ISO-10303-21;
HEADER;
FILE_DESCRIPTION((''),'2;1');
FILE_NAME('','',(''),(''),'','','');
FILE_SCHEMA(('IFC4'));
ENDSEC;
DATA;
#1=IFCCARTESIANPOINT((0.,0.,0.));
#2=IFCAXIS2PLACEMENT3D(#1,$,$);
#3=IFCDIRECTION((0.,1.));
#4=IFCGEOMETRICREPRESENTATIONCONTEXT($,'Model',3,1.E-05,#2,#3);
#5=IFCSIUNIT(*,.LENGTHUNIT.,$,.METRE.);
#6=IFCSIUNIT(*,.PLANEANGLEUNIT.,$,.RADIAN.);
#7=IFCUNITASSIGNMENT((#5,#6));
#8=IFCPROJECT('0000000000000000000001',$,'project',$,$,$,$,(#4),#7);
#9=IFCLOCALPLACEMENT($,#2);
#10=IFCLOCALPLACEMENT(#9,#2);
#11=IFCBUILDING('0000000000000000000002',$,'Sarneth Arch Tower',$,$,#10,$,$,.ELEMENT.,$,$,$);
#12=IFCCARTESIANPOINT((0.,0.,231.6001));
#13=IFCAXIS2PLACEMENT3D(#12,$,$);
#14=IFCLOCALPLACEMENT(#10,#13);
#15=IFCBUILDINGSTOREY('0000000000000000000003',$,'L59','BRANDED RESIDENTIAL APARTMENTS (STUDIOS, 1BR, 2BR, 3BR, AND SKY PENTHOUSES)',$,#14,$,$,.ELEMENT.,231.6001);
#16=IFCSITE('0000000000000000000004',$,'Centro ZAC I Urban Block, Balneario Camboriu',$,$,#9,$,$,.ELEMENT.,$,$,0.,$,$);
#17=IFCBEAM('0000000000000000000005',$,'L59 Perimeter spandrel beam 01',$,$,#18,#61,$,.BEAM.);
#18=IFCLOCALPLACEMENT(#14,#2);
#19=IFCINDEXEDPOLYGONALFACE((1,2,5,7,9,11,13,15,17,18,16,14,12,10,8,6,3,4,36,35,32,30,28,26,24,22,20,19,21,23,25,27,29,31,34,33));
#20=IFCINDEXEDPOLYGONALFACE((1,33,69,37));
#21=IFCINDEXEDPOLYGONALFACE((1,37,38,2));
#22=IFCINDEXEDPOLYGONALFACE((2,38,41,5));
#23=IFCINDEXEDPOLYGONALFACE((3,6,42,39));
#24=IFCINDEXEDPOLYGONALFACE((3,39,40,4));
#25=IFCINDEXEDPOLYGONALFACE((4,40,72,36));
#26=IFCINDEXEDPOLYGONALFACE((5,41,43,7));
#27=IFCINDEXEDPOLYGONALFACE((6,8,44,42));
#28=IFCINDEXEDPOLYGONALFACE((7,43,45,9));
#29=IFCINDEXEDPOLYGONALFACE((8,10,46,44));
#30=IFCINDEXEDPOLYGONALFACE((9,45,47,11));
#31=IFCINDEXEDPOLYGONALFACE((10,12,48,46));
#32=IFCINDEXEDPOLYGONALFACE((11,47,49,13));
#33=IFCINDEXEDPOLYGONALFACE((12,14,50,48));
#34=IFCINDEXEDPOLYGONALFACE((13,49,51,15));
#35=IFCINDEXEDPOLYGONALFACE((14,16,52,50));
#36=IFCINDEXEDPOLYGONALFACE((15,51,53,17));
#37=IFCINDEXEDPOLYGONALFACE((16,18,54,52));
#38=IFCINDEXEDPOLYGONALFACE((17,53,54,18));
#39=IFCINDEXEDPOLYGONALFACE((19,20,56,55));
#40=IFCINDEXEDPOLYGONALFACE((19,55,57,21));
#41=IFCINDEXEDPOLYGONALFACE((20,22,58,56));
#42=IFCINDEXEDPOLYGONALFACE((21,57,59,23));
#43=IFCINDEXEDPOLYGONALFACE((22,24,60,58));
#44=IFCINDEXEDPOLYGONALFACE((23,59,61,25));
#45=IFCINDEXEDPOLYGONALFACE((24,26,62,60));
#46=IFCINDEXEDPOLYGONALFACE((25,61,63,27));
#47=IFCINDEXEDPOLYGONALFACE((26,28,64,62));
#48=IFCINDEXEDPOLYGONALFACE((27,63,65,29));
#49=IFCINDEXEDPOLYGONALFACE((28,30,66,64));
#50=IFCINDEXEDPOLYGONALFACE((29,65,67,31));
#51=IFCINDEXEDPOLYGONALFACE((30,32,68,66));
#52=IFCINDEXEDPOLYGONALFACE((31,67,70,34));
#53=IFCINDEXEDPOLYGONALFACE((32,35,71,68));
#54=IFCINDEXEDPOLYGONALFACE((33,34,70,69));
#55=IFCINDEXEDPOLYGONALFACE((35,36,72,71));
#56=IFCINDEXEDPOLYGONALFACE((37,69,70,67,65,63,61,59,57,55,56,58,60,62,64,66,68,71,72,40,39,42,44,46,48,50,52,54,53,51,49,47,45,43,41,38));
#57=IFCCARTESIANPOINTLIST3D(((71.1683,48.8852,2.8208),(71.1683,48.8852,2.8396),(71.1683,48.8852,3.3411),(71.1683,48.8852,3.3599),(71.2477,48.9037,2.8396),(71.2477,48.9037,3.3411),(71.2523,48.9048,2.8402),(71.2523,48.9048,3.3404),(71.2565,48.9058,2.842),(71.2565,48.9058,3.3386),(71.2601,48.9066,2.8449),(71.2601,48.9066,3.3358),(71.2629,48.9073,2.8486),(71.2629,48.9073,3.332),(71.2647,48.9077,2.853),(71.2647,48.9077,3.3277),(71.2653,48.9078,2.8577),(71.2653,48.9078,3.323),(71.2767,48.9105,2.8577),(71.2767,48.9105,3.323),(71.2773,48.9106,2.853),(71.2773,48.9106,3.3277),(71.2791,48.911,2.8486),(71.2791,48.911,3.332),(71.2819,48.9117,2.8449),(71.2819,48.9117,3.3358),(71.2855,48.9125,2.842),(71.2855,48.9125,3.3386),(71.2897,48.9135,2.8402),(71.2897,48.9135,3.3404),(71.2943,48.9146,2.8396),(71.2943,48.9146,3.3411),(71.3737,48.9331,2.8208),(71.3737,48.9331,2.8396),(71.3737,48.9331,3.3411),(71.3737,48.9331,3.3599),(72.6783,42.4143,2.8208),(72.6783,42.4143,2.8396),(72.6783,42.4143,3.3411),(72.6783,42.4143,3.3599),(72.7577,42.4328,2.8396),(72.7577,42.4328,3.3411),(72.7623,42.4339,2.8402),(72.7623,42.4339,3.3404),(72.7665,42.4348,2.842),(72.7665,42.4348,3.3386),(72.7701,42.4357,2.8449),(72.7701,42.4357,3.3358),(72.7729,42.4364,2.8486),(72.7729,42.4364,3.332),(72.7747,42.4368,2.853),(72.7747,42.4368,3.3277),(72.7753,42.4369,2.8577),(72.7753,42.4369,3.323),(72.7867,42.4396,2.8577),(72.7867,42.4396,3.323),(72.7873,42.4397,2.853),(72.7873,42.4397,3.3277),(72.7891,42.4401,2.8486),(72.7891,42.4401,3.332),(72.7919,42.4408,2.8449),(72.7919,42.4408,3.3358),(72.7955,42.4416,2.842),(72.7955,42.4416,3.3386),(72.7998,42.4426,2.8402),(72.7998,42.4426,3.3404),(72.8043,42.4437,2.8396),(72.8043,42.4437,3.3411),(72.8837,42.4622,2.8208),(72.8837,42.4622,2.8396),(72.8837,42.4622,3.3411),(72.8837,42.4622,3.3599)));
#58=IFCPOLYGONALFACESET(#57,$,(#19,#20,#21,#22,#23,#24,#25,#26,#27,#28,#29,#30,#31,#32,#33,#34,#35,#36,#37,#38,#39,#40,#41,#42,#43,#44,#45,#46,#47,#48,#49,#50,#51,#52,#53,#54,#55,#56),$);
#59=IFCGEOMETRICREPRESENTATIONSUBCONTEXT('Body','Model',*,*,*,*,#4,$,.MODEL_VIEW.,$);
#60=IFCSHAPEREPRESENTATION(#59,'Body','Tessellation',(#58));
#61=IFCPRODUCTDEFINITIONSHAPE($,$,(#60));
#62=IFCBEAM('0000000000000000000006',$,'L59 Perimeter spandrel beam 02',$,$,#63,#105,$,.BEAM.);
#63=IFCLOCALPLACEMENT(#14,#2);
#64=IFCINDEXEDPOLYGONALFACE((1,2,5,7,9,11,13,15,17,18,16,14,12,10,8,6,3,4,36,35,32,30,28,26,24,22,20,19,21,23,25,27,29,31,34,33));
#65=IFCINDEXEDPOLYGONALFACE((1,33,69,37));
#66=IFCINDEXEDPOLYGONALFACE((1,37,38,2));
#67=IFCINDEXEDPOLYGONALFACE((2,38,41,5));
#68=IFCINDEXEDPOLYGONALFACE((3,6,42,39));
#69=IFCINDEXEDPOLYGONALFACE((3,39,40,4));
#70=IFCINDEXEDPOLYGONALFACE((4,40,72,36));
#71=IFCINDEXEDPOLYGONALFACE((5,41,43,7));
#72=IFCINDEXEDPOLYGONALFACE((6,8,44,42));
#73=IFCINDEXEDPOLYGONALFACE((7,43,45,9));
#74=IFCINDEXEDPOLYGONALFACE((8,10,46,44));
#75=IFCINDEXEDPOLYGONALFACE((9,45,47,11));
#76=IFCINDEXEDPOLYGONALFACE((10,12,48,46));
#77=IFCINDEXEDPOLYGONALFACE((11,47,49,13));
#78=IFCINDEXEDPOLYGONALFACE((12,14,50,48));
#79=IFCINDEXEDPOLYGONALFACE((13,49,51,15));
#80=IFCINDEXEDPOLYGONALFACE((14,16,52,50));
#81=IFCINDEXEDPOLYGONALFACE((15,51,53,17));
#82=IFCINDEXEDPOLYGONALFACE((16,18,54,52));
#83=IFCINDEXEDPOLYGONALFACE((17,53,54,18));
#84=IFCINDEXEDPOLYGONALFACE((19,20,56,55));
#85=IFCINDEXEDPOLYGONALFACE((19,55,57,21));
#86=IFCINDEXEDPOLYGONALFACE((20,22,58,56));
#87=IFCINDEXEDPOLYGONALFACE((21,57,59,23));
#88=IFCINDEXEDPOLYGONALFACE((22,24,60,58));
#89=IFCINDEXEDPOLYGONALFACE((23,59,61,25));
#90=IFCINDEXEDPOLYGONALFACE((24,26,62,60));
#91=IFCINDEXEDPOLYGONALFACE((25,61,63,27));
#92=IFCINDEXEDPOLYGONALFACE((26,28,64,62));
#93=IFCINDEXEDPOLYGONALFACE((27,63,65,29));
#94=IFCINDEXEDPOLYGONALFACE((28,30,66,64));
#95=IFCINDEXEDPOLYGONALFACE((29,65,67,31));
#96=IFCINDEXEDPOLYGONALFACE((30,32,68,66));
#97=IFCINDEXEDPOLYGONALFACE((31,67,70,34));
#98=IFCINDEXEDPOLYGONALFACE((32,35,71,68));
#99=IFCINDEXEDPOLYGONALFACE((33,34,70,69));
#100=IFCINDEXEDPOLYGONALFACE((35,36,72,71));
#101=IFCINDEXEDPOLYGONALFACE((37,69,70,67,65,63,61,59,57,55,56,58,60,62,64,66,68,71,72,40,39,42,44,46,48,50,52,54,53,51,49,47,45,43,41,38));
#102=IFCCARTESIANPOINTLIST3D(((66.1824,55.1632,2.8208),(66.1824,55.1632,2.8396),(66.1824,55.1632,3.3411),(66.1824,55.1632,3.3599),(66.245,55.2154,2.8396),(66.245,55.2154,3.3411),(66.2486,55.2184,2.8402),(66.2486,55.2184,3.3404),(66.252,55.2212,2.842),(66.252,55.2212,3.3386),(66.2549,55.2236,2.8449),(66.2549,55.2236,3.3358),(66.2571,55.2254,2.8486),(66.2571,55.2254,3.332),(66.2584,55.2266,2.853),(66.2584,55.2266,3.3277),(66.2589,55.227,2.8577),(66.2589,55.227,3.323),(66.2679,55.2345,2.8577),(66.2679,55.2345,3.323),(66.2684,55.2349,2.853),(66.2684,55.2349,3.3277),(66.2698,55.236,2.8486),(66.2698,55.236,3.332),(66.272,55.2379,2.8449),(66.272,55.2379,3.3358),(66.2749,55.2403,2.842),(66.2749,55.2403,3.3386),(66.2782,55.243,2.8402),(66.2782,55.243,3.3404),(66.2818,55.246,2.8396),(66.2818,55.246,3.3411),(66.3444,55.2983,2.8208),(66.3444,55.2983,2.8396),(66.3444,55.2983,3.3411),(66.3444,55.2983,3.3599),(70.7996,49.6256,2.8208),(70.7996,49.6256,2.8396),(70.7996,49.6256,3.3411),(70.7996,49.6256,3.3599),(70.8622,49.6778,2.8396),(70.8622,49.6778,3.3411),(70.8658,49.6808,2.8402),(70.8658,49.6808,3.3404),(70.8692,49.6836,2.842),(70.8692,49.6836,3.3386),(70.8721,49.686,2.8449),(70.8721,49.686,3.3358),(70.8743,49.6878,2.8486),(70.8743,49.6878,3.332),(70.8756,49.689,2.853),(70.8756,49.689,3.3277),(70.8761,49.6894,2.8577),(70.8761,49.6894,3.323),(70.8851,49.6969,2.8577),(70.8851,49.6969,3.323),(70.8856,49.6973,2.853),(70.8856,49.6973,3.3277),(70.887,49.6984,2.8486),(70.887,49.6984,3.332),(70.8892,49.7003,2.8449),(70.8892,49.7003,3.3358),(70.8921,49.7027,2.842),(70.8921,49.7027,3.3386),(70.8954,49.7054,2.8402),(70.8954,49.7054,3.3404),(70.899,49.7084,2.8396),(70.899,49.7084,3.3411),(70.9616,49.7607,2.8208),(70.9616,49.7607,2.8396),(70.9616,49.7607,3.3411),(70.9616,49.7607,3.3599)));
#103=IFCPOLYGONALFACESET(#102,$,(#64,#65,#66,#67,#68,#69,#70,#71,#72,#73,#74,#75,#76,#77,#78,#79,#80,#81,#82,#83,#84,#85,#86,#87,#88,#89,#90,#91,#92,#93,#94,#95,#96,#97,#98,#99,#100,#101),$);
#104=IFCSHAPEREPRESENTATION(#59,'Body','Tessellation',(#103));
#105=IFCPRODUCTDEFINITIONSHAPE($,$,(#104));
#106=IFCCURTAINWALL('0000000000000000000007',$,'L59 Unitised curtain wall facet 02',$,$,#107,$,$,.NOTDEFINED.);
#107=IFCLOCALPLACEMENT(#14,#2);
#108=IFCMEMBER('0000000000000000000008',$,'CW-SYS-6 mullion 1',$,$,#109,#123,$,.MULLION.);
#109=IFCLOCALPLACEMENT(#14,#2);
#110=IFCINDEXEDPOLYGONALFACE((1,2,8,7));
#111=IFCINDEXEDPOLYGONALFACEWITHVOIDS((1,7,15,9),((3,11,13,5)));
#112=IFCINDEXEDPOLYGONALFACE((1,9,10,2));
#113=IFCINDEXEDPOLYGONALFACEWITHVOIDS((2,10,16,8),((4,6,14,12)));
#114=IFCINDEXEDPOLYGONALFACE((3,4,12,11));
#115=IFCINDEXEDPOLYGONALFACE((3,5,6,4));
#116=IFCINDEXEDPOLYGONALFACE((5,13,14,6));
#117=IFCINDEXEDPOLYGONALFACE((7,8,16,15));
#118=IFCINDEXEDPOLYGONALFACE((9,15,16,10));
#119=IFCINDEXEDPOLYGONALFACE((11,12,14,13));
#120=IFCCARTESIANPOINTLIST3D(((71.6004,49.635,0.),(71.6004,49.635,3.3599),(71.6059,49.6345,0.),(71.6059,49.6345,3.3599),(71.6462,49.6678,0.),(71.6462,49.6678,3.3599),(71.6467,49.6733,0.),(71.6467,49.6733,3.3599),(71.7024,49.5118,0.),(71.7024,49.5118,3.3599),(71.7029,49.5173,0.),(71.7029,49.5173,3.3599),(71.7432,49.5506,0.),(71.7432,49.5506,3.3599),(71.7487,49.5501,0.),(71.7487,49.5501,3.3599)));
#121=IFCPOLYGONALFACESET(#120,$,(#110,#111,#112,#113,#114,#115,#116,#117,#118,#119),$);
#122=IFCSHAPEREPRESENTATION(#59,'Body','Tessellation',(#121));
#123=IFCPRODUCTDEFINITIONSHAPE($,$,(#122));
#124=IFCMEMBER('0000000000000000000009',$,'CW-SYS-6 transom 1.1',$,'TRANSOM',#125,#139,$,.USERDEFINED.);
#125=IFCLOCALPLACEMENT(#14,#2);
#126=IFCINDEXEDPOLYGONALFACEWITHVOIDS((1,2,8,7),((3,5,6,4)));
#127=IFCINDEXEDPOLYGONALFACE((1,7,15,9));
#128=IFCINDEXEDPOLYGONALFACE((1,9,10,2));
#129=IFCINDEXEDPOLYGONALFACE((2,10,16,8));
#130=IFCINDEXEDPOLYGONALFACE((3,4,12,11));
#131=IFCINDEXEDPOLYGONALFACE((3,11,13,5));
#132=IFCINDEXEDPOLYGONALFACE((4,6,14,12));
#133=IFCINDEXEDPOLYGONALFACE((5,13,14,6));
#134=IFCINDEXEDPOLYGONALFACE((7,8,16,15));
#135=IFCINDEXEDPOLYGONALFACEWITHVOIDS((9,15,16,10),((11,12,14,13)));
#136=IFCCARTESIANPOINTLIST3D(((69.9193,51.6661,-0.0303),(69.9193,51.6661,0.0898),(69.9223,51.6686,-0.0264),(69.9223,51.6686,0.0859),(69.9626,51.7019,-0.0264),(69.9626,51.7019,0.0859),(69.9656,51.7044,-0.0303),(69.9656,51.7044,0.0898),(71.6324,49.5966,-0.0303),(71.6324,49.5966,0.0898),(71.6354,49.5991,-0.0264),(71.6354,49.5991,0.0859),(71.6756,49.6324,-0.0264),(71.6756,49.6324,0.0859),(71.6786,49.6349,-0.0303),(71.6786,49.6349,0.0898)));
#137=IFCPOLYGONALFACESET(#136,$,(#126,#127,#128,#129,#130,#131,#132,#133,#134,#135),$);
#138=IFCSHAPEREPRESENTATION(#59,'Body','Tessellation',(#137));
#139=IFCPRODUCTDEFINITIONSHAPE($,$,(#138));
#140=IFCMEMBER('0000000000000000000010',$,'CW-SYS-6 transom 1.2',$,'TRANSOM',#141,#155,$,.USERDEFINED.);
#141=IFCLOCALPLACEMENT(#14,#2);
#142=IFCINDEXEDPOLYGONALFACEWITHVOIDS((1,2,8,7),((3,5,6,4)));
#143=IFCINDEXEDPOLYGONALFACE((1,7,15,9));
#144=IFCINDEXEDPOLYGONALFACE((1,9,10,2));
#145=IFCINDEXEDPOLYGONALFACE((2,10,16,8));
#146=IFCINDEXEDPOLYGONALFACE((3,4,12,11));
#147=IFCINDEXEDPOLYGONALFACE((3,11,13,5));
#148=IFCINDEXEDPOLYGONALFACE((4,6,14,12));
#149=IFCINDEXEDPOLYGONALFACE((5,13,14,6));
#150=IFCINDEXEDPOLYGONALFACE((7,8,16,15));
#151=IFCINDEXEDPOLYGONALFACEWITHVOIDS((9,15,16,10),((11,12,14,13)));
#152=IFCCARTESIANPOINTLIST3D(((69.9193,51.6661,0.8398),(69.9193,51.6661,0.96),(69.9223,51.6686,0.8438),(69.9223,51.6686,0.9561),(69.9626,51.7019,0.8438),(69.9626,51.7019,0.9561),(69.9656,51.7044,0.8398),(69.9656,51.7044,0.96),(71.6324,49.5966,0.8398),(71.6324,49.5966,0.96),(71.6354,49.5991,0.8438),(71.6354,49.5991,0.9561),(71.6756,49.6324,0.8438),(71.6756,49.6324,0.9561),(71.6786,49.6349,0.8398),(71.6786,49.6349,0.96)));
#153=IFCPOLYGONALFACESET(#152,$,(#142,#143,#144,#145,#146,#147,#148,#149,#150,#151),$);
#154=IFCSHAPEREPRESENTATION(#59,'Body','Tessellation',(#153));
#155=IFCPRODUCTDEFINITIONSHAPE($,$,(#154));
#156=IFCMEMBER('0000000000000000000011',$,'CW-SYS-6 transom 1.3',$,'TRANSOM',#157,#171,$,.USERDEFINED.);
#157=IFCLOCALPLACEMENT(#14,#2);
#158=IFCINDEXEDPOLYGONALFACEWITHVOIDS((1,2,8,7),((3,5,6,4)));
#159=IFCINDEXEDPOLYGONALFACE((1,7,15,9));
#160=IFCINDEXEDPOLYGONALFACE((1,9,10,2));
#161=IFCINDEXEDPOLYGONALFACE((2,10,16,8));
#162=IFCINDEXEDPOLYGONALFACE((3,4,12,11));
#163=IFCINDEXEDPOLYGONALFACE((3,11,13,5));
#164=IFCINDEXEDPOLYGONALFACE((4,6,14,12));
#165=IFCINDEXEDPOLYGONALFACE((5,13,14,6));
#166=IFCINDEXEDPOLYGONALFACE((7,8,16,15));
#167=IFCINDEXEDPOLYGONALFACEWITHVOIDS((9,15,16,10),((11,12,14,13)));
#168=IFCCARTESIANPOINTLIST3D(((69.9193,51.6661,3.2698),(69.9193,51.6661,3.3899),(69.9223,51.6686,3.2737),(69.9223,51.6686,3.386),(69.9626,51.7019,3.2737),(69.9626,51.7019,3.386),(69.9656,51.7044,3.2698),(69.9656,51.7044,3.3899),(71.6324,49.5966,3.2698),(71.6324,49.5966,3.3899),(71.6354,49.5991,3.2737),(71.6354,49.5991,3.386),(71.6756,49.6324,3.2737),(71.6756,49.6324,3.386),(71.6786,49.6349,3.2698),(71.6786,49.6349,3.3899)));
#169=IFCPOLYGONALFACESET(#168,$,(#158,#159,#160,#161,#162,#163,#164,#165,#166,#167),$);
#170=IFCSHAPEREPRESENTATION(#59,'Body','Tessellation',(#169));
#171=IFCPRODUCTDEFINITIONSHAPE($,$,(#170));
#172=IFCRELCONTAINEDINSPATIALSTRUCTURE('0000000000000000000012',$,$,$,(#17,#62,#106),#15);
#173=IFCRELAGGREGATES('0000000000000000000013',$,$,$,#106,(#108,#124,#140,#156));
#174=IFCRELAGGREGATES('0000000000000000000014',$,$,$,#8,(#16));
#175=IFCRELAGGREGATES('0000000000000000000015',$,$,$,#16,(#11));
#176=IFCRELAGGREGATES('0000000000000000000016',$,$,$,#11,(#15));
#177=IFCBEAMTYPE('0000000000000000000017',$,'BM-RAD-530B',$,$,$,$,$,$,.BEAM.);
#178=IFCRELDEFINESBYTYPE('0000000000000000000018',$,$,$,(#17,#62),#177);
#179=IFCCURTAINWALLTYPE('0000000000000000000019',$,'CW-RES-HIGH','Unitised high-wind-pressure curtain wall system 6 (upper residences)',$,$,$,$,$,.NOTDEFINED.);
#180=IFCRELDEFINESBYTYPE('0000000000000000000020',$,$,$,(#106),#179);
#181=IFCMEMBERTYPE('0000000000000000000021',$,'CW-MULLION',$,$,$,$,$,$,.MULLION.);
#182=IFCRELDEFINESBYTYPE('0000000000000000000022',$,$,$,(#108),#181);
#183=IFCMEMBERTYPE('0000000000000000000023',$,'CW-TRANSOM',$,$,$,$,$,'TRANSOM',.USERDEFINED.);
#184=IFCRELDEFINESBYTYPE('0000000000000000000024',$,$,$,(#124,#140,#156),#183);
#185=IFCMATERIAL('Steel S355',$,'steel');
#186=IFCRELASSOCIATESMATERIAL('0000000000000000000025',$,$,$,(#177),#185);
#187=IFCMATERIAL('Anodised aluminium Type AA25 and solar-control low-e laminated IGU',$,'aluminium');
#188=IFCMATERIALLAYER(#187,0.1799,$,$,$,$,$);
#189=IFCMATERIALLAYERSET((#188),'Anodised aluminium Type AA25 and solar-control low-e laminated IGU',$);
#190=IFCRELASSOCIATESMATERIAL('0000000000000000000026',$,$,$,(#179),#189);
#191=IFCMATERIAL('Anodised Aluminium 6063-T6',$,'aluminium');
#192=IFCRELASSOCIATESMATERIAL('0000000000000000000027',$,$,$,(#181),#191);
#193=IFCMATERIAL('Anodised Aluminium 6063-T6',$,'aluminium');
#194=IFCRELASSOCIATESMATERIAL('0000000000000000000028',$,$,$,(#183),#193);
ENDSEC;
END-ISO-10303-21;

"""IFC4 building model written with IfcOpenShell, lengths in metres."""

from ifc_helpers import new_model, si_unit, direction, frame, origin, origin_2d, place, context, subcontext, project, spatial, hollow_rectangle, i_section, extrude, material, layer, layer_set, material_profile, profile_set, type_object, element, aggregate, save


model = new_model("IFC4")

# Units and contexts
model_context = context("Model", 3, precision=1e-05, world=origin(), true_north=direction((0.0, 1.0)))
body_context = subcontext(model_context, "Body", "Model", "MODEL_VIEW")
ifc_project = project(units=[si_unit("LENGTHUNIT", "METRE"), si_unit("PLANEANGLEUNIT", "RADIAN")], contexts=[model_context])

# Site, building, storey
site_placement = place(None, origin())
site = spatial("IfcSite", under=ifc_project, at=site_placement, Name="Centro ZAC I Urban Block, Balneario Camboriu", CompositionType="ELEMENT", RefElevation=0.0)
building_placement = place(site_placement, origin())
building = spatial("IfcBuilding", under=site, at=building_placement, Name="Sarneth Arch Tower", CompositionType="ELEMENT")
storey_placement = place(building_placement, frame((0.0, 0.0, 231.6001)))
storey = spatial("IfcBuildingStorey", under=building, at=storey_placement, Name="L59", Description="BRANDED RESIDENTIAL APARTMENTS (STUDIOS, 1BR, 2BR, 3BR, AND SKY PENTHOUSES)", CompositionType="ELEMENT", Elevation=231.6001)

# Beams
ifc_material_1 = material(Name="Steel S355", Category="steel")
ifc_material_profile_1 = material_profile(ifc_material_1, i_section(OverallWidth=0.2109, OverallDepth=0.5391, WebThickness=0.0117, FlangeThickness=0.0188, FilletRadius=0.0181, at=origin_2d()), Name="W530x109")
ifc_profile_set_1 = profile_set([ifc_material_profile_1], Name="Steel S355")
beam_type = type_object("IfcBeamType", Name="BM-RAD-530B", PredefinedType="BEAM", material=ifc_profile_set_1)
beam_1_placement = place(storey_placement, frame((72.781, 42.4382, 3.0903), z_axis=(-0.227247, 0.973837, 0.0), x_axis=(-0.973837, -0.227247, 0.0)))
element("IfcBeam", 1, at=beam_1_placement, inside=storey, type_object=beam_type, Name="L59 Perimeter spandrel beam 01", PredefinedType="BEAM", context=body_context, shape_type="SweptSolid", body=[
    extrude(i_section(OverallWidth=0.2109, OverallDepth=0.5391, WebThickness=0.0117, FlangeThickness=0.0188, FilletRadius=0.0181, at=origin_2d()), origin(), (0.0, 0.0, 1.0), 6.6448),
])
beam_2_placement = place(storey_placement, frame((70.8806, 49.6931, 3.0903), z_axis=(-0.640391, 0.768049, 0.0), x_axis=(-0.768049, -0.640391, 0.0)))
element("IfcBeam", 2, at=beam_2_placement, inside=storey, type_object=beam_type, Name="L59 Perimeter spandrel beam 02", PredefinedType="BEAM", context=body_context, shape_type="SweptSolid", body=[
    extrude(i_section(OverallWidth=0.2109, OverallDepth=0.5391, WebThickness=0.0117, FlangeThickness=0.0188, FilletRadius=0.0181, at=origin_2d()), origin(), (0.0, 0.0, 1.0), 7.21),
])

# Curtain wall, members
ifc_material_2 = material(Name="Anodised aluminium Type AA25 and solar-control low-e laminated IGU", Category="aluminium")
ifc_layer_1 = layer(ifc_material_2, 0.1799)
ifc_layer_set_1 = layer_set([ifc_layer_1], Name="Anodised aluminium Type AA25 and solar-control low-e laminated IGU")
curtain_wall_type = type_object("IfcCurtainWallType", Name="CW-RES-HIGH", Description="Unitised high-wind-pressure curtain wall system 6 (upper residences)", PredefinedType="NOTDEFINED", material=ifc_layer_set_1)
curtain_wall_placement = place(storey_placement, origin())
curtain_wall = element("IfcCurtainWall", 3, at=curtain_wall_placement, inside=storey, type_object=curtain_wall_type, Name="L59 Unitised curtain wall facet 02", PredefinedType="NOTDEFINED")
ifc_material_3 = material(Name="Anodised Aluminium 6063-T6", Category="aluminium")
ifc_material_profile_2 = material_profile(ifc_material_3, hollow_rectangle(XDim=0.0601, YDim=0.1599, WallThickness=0.0039, at=origin_2d()), Name="AL-MULL-160x60x4")
ifc_profile_set_2 = profile_set([ifc_material_profile_2], Name="Anodised Aluminium 6063-T6")
member_type_1 = type_object("IfcMemberType", Name="CW-MULLION", PredefinedType="MULLION", material=ifc_profile_set_2)
member_1_placement = place(storey_placement, frame((71.6746, 49.5925, 0.0), z_axis=(0.0, 0.0, 1.0), x_axis=(-0.770359, -0.63761, 0.0)))
member_1 = element("IfcMember", 4, at=member_1_placement, type_object=member_type_1, Name="CW-SYS-6 mullion 1", PredefinedType="MULLION", context=body_context, shape_type="SweptSolid", body=[
    extrude(hollow_rectangle(XDim=0.0601, YDim=0.1599, WallThickness=0.0039, at=origin_2d()), origin(), (0.0, 0.0, 1.0), 3.3599),
])
ifc_material_4 = material(Name="Anodised Aluminium 6063-T6", Category="aluminium")
ifc_material_profile_3 = material_profile(ifc_material_4, hollow_rectangle(XDim=0.0601, YDim=0.1201, WallThickness=0.0039, at=origin_2d()), Name="AL-TRAN-120x60x4")
ifc_profile_set_3 = profile_set([ifc_material_profile_3], Name="Anodised Aluminium 6063-T6")
member_type_2 = type_object("IfcMemberType", Name="CW-TRANSOM", ElementType="TRANSOM", PredefinedType="USERDEFINED", material=ifc_profile_set_3)
member_2_placement = place(storey_placement, frame((71.6555, 49.6157, 0.0298), z_axis=(-0.637651, 0.770325, 0.0), x_axis=(-0.770325, -0.637651, 0.0)))
member_2 = element("IfcMember", 5, at=member_2_placement, type_object=member_type_2, Name="CW-SYS-6 transom 1.1", ObjectType="TRANSOM", PredefinedType="USERDEFINED", context=body_context, shape_type="SweptSolid", body=[
    extrude(hollow_rectangle(XDim=0.0601, YDim=0.1201, WallThickness=0.0039, at=origin_2d()), origin(), (0.0, 0.0, 1.0), 2.6865),
])
member_3_placement = place(storey_placement, frame((71.6555, 49.6157, 0.8999), z_axis=(-0.637651, 0.770325, 0.0), x_axis=(-0.770325, -0.637651, 0.0)))
member_3 = element("IfcMember", 6, at=member_3_placement, type_object=member_type_2, Name="CW-SYS-6 transom 1.2", ObjectType="TRANSOM", PredefinedType="USERDEFINED", context=body_context, shape_type="SweptSolid", body=[
    extrude(hollow_rectangle(XDim=0.0601, YDim=0.1201, WallThickness=0.0039, at=origin_2d()), origin(), (0.0, 0.0, 1.0), 2.6865),
])
member_4_placement = place(storey_placement, frame((71.6555, 49.6157, 3.3298), z_axis=(-0.637651, 0.770325, 0.0), x_axis=(-0.770325, -0.637651, 0.0)))
member_4 = element("IfcMember", 7, at=member_4_placement, type_object=member_type_2, Name="CW-SYS-6 transom 1.3", ObjectType="TRANSOM", PredefinedType="USERDEFINED", context=body_context, shape_type="SweptSolid", body=[
    extrude(hollow_rectangle(XDim=0.0601, YDim=0.1201, WallThickness=0.0039, at=origin_2d()), origin(), (0.0, 0.0, 1.0), 2.6865),
])
aggregate(curtain_wall, [member_1, member_2, member_3, member_4])

save(model, "model.ifc")
